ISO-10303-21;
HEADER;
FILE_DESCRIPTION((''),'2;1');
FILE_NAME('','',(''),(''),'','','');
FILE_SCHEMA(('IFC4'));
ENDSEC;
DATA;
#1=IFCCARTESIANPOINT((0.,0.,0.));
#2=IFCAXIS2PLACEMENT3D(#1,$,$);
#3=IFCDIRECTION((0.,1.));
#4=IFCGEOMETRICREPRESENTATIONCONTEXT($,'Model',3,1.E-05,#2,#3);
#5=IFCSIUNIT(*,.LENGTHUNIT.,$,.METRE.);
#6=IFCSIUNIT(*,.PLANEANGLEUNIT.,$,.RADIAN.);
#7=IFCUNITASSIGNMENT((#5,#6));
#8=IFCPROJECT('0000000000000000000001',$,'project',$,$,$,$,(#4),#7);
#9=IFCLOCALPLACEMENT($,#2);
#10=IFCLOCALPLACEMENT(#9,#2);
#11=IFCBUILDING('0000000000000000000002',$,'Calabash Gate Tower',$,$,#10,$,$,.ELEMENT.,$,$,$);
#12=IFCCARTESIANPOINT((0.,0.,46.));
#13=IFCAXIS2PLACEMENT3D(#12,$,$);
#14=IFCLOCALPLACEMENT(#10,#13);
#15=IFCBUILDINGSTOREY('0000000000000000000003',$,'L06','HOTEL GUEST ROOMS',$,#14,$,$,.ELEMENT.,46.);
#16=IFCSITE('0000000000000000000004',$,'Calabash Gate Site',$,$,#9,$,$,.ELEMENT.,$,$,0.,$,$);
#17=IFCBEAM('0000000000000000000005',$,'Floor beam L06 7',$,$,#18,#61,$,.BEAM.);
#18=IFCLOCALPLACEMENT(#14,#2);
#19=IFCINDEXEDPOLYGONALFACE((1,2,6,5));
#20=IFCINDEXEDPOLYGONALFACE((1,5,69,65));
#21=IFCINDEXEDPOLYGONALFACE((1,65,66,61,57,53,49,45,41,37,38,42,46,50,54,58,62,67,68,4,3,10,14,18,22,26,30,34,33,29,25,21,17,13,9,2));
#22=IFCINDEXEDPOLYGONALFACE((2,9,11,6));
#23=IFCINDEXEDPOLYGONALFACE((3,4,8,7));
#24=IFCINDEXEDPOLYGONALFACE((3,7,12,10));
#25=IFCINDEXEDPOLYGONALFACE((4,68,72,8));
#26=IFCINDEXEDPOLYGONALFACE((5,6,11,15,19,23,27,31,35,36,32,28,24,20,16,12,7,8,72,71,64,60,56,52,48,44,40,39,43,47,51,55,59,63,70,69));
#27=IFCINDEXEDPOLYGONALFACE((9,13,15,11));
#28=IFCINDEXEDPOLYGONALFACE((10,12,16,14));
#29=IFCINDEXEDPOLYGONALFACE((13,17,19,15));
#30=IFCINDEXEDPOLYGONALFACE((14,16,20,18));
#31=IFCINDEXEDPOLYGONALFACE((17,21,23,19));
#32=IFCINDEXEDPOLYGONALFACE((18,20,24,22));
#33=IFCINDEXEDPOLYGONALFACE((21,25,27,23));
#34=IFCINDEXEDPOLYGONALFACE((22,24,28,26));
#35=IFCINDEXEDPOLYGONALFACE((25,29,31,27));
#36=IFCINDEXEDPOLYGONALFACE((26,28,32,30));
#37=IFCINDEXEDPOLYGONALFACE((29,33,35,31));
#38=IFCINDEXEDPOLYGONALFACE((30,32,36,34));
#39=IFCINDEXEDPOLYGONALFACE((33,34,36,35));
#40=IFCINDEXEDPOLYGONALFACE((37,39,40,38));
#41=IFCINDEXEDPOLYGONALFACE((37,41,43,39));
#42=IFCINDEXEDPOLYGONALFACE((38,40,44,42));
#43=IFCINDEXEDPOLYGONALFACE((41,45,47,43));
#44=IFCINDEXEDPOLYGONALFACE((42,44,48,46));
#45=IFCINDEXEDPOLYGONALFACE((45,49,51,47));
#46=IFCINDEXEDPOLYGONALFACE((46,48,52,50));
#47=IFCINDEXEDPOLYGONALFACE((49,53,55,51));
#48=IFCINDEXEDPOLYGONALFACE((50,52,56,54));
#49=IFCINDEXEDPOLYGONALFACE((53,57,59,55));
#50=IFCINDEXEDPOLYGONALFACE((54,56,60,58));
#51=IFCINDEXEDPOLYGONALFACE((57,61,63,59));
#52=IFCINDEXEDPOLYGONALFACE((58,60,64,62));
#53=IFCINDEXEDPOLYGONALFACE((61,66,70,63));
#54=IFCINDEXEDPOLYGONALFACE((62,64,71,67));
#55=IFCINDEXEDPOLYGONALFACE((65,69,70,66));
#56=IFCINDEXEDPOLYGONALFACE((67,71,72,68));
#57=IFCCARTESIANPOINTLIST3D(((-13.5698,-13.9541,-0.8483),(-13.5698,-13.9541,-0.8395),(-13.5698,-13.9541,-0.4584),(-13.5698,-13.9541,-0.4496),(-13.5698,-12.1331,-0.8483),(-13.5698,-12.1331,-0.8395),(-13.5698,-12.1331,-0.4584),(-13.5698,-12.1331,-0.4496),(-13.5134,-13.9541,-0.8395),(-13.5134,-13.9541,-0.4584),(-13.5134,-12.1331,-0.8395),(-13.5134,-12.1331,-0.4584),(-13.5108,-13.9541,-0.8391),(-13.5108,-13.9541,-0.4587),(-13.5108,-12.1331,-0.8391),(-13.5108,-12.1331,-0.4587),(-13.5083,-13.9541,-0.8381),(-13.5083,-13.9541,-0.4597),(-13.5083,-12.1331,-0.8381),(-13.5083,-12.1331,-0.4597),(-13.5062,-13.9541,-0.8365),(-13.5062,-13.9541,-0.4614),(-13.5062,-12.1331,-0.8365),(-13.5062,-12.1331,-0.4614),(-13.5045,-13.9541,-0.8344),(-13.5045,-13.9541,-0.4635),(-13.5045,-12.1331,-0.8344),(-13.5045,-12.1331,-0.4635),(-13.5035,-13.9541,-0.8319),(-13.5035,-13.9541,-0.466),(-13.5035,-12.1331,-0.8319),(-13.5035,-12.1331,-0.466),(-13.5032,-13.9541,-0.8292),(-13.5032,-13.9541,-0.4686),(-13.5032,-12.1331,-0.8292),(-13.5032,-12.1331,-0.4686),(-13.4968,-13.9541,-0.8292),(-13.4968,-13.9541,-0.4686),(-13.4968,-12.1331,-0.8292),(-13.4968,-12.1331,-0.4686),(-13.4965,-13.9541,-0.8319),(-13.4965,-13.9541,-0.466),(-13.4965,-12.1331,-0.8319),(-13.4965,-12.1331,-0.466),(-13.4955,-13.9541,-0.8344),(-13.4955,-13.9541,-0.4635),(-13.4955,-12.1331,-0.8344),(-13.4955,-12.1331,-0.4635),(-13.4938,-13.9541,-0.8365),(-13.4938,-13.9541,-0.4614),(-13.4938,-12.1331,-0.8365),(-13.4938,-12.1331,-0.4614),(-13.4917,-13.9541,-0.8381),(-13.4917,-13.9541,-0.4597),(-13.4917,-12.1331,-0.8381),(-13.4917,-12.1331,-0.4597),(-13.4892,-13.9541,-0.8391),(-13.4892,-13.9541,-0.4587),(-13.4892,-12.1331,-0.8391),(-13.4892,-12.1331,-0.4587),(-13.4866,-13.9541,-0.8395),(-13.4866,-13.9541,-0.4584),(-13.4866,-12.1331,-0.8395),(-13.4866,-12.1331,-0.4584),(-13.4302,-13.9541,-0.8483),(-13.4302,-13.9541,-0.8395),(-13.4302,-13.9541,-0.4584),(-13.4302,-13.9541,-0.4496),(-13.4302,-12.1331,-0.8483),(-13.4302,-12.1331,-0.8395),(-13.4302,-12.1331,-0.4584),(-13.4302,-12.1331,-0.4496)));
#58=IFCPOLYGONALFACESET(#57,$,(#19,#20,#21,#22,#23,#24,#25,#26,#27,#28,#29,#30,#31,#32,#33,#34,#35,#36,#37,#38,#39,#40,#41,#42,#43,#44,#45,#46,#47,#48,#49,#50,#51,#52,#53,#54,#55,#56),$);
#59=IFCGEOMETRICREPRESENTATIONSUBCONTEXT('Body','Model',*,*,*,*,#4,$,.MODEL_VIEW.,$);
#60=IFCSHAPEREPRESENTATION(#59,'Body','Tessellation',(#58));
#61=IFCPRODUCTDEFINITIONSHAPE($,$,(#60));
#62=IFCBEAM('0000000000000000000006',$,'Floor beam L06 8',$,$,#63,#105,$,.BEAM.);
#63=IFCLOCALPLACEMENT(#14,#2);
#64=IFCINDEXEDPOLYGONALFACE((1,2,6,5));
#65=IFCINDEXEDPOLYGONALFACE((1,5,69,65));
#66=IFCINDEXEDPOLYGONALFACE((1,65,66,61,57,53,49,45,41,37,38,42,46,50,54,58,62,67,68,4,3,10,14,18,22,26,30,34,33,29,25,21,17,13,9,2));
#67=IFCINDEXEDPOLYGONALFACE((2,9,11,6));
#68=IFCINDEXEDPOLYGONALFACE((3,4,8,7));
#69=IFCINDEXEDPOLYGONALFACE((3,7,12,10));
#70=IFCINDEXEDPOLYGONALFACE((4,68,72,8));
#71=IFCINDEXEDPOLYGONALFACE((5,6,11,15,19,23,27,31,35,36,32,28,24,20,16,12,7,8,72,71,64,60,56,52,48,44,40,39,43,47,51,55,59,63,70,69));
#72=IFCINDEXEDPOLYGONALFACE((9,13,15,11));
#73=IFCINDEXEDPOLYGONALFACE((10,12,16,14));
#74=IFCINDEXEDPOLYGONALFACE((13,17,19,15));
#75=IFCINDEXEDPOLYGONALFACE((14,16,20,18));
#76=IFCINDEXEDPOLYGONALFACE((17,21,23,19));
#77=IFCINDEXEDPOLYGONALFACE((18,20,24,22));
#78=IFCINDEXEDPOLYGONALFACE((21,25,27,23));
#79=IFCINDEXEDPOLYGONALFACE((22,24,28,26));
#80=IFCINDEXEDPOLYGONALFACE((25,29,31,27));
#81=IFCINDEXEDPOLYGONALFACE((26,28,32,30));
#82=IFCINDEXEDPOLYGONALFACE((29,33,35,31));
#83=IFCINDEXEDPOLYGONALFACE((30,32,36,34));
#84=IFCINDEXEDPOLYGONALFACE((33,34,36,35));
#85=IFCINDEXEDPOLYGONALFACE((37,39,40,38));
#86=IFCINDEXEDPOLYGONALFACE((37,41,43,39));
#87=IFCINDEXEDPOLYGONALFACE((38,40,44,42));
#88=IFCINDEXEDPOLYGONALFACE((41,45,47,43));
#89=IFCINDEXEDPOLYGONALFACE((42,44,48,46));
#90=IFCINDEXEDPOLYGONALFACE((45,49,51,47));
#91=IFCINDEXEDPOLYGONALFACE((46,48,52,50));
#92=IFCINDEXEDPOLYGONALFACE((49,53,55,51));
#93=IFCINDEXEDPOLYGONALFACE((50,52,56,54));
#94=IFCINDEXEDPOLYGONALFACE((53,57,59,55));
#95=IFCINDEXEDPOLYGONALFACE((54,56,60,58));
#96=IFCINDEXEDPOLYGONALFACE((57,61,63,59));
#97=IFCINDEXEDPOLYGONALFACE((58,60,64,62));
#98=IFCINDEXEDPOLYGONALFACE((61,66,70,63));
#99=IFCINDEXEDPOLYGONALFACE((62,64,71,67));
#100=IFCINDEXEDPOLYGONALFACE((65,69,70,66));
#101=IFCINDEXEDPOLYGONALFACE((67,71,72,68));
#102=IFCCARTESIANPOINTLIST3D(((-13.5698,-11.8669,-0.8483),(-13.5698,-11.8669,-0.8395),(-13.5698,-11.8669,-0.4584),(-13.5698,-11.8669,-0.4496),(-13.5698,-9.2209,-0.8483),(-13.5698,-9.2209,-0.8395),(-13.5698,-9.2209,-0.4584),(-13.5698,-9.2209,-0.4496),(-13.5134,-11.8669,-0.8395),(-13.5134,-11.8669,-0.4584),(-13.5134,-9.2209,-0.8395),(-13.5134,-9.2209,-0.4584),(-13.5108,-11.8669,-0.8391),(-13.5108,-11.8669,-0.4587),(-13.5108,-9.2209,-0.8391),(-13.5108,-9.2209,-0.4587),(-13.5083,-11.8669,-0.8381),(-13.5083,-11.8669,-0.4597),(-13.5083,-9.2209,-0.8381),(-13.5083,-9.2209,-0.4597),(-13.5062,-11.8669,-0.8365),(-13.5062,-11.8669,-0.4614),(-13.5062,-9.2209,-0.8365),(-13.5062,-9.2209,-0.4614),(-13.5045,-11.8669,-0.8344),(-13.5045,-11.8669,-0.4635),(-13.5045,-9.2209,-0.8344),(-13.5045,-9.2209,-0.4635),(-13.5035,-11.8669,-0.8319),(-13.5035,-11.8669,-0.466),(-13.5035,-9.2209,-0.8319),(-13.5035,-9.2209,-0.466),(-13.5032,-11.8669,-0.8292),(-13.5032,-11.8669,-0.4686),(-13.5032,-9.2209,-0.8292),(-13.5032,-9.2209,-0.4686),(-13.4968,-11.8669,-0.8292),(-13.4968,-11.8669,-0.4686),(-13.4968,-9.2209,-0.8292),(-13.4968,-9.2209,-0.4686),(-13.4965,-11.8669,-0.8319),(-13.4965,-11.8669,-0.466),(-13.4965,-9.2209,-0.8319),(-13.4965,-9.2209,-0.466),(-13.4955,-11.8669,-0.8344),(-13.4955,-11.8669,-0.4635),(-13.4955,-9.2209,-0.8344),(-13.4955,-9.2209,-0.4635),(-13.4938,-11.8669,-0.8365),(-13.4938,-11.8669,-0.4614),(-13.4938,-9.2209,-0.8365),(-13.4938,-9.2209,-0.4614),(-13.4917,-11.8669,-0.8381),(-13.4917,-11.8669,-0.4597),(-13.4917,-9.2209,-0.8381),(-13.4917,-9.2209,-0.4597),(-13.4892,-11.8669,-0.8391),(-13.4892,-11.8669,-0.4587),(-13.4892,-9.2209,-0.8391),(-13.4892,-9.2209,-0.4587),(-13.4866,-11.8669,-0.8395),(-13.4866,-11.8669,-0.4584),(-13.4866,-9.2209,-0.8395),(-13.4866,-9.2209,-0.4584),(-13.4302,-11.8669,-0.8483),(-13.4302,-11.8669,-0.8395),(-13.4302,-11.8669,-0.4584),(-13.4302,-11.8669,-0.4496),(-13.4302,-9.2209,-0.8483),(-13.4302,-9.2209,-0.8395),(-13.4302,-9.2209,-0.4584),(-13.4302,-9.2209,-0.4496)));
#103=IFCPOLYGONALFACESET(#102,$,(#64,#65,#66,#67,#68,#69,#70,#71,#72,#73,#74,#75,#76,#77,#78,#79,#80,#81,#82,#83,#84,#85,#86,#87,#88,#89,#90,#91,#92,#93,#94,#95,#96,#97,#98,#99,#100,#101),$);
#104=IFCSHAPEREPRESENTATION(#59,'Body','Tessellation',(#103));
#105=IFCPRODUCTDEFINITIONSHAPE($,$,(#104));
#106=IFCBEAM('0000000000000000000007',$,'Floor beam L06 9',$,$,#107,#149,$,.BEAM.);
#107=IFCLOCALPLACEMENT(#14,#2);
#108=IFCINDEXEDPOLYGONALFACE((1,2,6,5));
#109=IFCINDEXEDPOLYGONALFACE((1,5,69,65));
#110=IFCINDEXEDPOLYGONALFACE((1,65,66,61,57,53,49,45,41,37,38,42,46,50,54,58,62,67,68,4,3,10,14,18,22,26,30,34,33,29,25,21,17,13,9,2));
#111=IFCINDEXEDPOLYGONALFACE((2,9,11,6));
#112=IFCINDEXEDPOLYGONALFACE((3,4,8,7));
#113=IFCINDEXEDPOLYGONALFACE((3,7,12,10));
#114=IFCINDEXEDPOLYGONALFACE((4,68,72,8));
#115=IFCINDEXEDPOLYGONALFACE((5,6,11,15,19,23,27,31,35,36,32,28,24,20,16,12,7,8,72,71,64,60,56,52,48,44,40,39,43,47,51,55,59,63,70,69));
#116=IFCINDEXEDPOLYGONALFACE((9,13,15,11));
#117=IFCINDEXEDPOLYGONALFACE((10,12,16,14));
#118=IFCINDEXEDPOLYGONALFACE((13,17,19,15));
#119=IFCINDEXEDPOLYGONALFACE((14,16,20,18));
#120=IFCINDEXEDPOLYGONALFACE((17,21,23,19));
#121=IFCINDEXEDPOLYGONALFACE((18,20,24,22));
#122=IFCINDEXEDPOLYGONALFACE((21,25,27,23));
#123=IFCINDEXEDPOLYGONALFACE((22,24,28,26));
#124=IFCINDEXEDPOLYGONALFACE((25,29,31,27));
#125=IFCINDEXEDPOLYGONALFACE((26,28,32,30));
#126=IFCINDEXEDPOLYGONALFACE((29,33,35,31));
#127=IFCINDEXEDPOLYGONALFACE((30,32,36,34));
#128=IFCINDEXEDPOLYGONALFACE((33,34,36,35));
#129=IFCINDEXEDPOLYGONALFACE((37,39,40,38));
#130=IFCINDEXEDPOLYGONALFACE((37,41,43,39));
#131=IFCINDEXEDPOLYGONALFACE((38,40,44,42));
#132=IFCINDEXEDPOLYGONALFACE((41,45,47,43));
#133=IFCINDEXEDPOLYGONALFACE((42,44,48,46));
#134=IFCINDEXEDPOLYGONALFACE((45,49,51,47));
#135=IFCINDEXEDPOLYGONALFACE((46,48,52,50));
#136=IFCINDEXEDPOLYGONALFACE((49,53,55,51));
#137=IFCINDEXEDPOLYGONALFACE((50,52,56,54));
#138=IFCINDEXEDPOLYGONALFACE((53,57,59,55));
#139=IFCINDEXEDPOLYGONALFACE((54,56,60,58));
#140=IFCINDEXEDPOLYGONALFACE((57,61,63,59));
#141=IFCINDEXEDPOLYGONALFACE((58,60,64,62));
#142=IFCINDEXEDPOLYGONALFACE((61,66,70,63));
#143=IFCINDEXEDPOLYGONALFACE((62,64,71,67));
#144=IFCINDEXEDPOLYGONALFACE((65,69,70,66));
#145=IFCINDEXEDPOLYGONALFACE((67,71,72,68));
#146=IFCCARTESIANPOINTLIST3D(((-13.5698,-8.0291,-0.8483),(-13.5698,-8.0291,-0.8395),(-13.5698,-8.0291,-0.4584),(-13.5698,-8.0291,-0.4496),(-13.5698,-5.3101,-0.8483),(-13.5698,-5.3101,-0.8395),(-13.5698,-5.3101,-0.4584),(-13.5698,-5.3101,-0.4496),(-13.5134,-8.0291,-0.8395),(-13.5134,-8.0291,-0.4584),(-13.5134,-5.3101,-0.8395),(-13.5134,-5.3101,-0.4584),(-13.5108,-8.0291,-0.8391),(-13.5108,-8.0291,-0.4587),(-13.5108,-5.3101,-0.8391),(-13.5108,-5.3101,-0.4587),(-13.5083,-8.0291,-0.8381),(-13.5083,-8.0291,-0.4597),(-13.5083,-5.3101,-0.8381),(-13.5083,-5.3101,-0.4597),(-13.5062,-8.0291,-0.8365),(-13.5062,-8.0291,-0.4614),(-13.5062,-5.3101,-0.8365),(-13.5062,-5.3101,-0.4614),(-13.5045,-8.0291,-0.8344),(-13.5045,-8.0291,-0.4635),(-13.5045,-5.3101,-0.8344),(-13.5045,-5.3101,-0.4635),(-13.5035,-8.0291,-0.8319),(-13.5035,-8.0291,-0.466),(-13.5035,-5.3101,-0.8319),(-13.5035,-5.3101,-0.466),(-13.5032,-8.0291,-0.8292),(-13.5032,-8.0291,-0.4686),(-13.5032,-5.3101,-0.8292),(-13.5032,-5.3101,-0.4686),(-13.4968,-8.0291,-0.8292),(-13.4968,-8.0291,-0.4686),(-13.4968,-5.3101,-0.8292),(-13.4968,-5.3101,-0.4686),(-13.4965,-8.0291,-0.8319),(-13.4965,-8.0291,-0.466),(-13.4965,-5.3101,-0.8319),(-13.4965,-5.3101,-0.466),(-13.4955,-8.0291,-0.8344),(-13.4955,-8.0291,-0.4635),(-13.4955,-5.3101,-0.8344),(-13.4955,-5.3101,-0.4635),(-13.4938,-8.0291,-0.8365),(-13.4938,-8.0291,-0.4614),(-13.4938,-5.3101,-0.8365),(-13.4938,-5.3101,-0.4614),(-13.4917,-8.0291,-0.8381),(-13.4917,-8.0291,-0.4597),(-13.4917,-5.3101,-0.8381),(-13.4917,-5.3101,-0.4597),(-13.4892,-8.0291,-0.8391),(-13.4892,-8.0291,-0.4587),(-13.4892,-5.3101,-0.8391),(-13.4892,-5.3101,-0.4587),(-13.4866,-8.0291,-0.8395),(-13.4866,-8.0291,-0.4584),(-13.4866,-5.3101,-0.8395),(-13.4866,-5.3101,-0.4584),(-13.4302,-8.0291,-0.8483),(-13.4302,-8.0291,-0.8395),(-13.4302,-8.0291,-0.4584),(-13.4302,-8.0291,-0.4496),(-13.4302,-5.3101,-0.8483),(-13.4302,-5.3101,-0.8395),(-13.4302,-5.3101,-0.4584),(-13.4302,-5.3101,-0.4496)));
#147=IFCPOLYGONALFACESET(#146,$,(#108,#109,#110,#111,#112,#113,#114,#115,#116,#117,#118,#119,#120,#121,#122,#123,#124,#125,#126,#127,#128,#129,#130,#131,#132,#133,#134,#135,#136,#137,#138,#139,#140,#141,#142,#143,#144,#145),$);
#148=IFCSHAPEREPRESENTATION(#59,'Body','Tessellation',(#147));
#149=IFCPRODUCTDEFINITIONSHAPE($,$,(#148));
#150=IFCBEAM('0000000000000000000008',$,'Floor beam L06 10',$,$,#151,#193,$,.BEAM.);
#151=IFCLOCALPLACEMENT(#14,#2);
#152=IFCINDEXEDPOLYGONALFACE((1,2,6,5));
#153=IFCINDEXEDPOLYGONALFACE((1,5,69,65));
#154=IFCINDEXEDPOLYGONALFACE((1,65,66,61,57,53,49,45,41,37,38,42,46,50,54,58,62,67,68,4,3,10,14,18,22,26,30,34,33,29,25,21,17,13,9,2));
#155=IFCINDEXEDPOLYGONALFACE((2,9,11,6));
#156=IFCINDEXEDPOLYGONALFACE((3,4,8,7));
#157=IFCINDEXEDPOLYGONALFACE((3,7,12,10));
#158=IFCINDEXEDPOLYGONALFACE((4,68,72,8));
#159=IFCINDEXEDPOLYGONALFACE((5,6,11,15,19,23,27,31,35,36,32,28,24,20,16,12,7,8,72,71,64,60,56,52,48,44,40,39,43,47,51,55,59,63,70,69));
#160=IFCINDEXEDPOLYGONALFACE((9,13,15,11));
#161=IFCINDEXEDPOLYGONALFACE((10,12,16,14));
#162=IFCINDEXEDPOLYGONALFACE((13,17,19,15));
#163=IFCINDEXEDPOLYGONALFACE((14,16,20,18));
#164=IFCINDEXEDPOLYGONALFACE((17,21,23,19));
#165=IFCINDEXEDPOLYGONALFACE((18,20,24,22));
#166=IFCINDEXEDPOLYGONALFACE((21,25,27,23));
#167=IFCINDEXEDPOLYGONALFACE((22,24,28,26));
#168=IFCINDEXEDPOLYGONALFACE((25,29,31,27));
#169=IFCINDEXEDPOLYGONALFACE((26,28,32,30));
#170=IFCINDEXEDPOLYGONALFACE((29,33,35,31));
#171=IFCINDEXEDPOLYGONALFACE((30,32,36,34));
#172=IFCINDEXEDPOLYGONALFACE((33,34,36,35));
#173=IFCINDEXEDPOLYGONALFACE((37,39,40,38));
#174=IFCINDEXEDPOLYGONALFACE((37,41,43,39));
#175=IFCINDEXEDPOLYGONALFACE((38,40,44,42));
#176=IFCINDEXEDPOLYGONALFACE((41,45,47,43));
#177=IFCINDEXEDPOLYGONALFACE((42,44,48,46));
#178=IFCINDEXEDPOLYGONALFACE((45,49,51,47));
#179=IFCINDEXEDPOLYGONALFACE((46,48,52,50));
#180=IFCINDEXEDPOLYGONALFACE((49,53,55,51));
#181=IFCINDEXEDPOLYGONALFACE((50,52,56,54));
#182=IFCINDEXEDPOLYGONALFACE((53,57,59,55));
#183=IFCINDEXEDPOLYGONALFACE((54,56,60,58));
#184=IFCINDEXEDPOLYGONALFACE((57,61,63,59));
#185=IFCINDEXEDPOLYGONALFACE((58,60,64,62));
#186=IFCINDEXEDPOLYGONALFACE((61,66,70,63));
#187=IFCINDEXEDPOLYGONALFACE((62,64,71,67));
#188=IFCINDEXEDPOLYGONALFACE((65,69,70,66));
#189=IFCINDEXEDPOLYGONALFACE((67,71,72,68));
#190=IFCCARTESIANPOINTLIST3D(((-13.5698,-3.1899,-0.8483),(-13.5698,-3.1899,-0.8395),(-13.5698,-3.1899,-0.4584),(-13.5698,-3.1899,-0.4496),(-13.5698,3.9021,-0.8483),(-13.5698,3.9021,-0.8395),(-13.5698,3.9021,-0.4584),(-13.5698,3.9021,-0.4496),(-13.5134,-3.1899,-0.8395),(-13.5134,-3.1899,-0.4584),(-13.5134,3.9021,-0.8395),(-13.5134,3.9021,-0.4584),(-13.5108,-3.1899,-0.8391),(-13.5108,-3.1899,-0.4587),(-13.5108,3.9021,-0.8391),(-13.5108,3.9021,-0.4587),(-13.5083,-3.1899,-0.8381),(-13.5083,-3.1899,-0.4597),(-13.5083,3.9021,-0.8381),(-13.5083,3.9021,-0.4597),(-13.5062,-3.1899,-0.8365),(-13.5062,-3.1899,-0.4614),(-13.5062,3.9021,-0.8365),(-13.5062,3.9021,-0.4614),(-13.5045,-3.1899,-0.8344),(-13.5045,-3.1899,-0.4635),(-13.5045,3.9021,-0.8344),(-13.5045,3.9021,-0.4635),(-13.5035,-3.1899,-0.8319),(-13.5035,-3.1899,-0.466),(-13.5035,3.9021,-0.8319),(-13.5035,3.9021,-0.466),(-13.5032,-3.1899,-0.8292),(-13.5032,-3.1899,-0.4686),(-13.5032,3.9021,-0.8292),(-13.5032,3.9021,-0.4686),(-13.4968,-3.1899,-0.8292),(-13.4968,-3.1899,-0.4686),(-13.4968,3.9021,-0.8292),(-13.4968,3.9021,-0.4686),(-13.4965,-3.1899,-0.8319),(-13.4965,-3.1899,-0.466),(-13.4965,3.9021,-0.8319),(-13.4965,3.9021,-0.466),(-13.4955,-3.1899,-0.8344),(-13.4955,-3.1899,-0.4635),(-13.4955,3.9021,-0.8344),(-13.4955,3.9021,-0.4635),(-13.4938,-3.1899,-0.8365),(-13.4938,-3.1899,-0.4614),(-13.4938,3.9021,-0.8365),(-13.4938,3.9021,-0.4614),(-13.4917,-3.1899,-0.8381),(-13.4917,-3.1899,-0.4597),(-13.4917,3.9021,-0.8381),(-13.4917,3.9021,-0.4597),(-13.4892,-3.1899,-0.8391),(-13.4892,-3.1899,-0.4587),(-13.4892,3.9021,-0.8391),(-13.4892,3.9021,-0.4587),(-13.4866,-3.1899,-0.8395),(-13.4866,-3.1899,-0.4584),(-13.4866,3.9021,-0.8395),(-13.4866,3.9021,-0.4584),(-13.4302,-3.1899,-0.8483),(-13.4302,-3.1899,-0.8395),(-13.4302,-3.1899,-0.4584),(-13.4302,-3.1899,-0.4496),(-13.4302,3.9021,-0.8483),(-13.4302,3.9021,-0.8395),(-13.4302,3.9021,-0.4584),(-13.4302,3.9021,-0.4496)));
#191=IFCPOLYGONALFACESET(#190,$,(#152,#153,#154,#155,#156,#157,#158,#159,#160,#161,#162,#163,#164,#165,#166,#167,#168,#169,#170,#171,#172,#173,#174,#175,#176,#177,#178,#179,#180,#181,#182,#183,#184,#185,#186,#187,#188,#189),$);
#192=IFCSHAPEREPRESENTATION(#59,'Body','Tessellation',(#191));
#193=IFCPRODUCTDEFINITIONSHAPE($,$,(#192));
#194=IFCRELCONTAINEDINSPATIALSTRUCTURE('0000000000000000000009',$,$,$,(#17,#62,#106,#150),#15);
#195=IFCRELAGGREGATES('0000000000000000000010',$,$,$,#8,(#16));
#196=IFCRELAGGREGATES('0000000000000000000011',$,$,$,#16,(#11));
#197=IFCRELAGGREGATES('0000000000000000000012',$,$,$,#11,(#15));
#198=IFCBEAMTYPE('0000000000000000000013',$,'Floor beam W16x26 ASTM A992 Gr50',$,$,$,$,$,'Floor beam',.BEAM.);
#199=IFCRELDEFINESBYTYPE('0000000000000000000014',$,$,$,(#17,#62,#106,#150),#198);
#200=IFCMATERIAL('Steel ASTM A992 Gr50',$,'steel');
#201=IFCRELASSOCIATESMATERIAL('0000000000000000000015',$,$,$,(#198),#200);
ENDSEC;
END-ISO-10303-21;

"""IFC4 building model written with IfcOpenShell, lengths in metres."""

from ifc_helpers import new_model, si_unit, direction, frame, origin, origin_2d, place, context, subcontext, project, spatial, i_section, extrude, material, material_profile, profile_set, type_object, element, save


model = new_model("IFC4")

# Units and contexts
model_context = context("Model", 3, precision=1e-05, world=origin(), true_north=direction((0.0, 1.0)))
body_context = subcontext(model_context, "Body", "Model", "MODEL_VIEW")
ifc_project = project(units=[si_unit("LENGTHUNIT", "METRE"), si_unit("PLANEANGLEUNIT", "RADIAN")], contexts=[model_context])

# Site, building, storey
site_placement = place(None, origin())
site = spatial("IfcSite", under=ifc_project, at=site_placement, Name="Calabash Gate Site", CompositionType="ELEMENT", RefElevation=0.0)
building_placement = place(site_placement, origin())
building = spatial("IfcBuilding", under=site, at=building_placement, Name="Calabash Gate Tower", CompositionType="ELEMENT")
storey_placement = place(building_placement, frame((0.0, 0.0, 46.0)))
storey = spatial("IfcBuildingStorey", under=building, at=storey_placement, Name="L06", Description="HOTEL GUEST ROOMS", CompositionType="ELEMENT", Elevation=46.0)

# Beams
ifc_material_1 = material(Name="Steel ASTM A992 Gr50", Category="steel")
ifc_material_profile_1 = material_profile(ifc_material_1, i_section(OverallWidth=0.1396, OverallDepth=0.3987, WebThickness=0.0063, FlangeThickness=0.0088, FilletRadius=0.0103, at=origin_2d()))
ifc_profile_set_1 = profile_set([ifc_material_profile_1], Name="Steel ASTM A992 Gr50")
beam_type_1 = type_object("IfcBeamType", Name="Floor beam W16x26 ASTM A992 Gr50", ElementType="Floor beam", PredefinedType="BEAM", material=ifc_profile_set_1)
beam_1_placement = place(storey_placement, frame((-13.5, -13.9541, -0.6489), z_axis=(0.0, 1.0, 0.0), x_axis=(-1.0, 0.0, 0.0)))
element("IfcBeam", 1, at=beam_1_placement, inside=storey, type_object=beam_type_1, Name="Floor beam L06 7", PredefinedType="BEAM", context=body_context, shape_type="SweptSolid", body=[
    extrude(i_section(OverallWidth=0.1396, OverallDepth=0.3987, WebThickness=0.0063, FlangeThickness=0.0088, FilletRadius=0.0103, at=origin_2d()), origin(), (0.0, 0.0, 1.0), 1.821),
])
beam_2_placement = place(storey_placement, frame((-13.5, -11.8669, -0.6489), z_axis=(0.0, 1.0, 0.0), x_axis=(-1.0, 0.0, 0.0)))
element("IfcBeam", 2, at=beam_2_placement, inside=storey, type_object=beam_type_1, Name="Floor beam L06 8", PredefinedType="BEAM", context=body_context, shape_type="SweptSolid", body=[
    extrude(i_section(OverallWidth=0.1396, OverallDepth=0.3987, WebThickness=0.0063, FlangeThickness=0.0088, FilletRadius=0.0103, at=origin_2d()), origin(), (0.0, 0.0, 1.0), 2.646),
])
beam_3_placement = place(storey_placement, frame((-13.5, -8.0291, -0.6489), z_axis=(0.0, 1.0, 0.0), x_axis=(-1.0, 0.0, 0.0)))
element("IfcBeam", 3, at=beam_3_placement, inside=storey, type_object=beam_type_1, Name="Floor beam L06 9", PredefinedType="BEAM", context=body_context, shape_type="SweptSolid", body=[
    extrude(i_section(OverallWidth=0.1396, OverallDepth=0.3987, WebThickness=0.0063, FlangeThickness=0.0088, FilletRadius=0.0103, at=origin_2d()), origin(), (0.0, 0.0, 1.0), 2.719),
])
beam_4_placement = place(storey_placement, frame((-13.5, -3.1899, -0.6489), z_axis=(0.0, 1.0, 0.0), x_axis=(-1.0, 0.0, 0.0)))
element("IfcBeam", 4, at=beam_4_placement, inside=storey, type_object=beam_type_1, Name="Floor beam L06 10", PredefinedType="BEAM", context=body_context, shape_type="SweptSolid", body=[
    extrude(i_section(OverallWidth=0.1396, OverallDepth=0.3987, WebThickness=0.0063, FlangeThickness=0.0088, FilletRadius=0.0103, at=origin_2d()), origin(), (0.0, 0.0, 1.0), 7.092),
])

save(model, "model.ifc")
